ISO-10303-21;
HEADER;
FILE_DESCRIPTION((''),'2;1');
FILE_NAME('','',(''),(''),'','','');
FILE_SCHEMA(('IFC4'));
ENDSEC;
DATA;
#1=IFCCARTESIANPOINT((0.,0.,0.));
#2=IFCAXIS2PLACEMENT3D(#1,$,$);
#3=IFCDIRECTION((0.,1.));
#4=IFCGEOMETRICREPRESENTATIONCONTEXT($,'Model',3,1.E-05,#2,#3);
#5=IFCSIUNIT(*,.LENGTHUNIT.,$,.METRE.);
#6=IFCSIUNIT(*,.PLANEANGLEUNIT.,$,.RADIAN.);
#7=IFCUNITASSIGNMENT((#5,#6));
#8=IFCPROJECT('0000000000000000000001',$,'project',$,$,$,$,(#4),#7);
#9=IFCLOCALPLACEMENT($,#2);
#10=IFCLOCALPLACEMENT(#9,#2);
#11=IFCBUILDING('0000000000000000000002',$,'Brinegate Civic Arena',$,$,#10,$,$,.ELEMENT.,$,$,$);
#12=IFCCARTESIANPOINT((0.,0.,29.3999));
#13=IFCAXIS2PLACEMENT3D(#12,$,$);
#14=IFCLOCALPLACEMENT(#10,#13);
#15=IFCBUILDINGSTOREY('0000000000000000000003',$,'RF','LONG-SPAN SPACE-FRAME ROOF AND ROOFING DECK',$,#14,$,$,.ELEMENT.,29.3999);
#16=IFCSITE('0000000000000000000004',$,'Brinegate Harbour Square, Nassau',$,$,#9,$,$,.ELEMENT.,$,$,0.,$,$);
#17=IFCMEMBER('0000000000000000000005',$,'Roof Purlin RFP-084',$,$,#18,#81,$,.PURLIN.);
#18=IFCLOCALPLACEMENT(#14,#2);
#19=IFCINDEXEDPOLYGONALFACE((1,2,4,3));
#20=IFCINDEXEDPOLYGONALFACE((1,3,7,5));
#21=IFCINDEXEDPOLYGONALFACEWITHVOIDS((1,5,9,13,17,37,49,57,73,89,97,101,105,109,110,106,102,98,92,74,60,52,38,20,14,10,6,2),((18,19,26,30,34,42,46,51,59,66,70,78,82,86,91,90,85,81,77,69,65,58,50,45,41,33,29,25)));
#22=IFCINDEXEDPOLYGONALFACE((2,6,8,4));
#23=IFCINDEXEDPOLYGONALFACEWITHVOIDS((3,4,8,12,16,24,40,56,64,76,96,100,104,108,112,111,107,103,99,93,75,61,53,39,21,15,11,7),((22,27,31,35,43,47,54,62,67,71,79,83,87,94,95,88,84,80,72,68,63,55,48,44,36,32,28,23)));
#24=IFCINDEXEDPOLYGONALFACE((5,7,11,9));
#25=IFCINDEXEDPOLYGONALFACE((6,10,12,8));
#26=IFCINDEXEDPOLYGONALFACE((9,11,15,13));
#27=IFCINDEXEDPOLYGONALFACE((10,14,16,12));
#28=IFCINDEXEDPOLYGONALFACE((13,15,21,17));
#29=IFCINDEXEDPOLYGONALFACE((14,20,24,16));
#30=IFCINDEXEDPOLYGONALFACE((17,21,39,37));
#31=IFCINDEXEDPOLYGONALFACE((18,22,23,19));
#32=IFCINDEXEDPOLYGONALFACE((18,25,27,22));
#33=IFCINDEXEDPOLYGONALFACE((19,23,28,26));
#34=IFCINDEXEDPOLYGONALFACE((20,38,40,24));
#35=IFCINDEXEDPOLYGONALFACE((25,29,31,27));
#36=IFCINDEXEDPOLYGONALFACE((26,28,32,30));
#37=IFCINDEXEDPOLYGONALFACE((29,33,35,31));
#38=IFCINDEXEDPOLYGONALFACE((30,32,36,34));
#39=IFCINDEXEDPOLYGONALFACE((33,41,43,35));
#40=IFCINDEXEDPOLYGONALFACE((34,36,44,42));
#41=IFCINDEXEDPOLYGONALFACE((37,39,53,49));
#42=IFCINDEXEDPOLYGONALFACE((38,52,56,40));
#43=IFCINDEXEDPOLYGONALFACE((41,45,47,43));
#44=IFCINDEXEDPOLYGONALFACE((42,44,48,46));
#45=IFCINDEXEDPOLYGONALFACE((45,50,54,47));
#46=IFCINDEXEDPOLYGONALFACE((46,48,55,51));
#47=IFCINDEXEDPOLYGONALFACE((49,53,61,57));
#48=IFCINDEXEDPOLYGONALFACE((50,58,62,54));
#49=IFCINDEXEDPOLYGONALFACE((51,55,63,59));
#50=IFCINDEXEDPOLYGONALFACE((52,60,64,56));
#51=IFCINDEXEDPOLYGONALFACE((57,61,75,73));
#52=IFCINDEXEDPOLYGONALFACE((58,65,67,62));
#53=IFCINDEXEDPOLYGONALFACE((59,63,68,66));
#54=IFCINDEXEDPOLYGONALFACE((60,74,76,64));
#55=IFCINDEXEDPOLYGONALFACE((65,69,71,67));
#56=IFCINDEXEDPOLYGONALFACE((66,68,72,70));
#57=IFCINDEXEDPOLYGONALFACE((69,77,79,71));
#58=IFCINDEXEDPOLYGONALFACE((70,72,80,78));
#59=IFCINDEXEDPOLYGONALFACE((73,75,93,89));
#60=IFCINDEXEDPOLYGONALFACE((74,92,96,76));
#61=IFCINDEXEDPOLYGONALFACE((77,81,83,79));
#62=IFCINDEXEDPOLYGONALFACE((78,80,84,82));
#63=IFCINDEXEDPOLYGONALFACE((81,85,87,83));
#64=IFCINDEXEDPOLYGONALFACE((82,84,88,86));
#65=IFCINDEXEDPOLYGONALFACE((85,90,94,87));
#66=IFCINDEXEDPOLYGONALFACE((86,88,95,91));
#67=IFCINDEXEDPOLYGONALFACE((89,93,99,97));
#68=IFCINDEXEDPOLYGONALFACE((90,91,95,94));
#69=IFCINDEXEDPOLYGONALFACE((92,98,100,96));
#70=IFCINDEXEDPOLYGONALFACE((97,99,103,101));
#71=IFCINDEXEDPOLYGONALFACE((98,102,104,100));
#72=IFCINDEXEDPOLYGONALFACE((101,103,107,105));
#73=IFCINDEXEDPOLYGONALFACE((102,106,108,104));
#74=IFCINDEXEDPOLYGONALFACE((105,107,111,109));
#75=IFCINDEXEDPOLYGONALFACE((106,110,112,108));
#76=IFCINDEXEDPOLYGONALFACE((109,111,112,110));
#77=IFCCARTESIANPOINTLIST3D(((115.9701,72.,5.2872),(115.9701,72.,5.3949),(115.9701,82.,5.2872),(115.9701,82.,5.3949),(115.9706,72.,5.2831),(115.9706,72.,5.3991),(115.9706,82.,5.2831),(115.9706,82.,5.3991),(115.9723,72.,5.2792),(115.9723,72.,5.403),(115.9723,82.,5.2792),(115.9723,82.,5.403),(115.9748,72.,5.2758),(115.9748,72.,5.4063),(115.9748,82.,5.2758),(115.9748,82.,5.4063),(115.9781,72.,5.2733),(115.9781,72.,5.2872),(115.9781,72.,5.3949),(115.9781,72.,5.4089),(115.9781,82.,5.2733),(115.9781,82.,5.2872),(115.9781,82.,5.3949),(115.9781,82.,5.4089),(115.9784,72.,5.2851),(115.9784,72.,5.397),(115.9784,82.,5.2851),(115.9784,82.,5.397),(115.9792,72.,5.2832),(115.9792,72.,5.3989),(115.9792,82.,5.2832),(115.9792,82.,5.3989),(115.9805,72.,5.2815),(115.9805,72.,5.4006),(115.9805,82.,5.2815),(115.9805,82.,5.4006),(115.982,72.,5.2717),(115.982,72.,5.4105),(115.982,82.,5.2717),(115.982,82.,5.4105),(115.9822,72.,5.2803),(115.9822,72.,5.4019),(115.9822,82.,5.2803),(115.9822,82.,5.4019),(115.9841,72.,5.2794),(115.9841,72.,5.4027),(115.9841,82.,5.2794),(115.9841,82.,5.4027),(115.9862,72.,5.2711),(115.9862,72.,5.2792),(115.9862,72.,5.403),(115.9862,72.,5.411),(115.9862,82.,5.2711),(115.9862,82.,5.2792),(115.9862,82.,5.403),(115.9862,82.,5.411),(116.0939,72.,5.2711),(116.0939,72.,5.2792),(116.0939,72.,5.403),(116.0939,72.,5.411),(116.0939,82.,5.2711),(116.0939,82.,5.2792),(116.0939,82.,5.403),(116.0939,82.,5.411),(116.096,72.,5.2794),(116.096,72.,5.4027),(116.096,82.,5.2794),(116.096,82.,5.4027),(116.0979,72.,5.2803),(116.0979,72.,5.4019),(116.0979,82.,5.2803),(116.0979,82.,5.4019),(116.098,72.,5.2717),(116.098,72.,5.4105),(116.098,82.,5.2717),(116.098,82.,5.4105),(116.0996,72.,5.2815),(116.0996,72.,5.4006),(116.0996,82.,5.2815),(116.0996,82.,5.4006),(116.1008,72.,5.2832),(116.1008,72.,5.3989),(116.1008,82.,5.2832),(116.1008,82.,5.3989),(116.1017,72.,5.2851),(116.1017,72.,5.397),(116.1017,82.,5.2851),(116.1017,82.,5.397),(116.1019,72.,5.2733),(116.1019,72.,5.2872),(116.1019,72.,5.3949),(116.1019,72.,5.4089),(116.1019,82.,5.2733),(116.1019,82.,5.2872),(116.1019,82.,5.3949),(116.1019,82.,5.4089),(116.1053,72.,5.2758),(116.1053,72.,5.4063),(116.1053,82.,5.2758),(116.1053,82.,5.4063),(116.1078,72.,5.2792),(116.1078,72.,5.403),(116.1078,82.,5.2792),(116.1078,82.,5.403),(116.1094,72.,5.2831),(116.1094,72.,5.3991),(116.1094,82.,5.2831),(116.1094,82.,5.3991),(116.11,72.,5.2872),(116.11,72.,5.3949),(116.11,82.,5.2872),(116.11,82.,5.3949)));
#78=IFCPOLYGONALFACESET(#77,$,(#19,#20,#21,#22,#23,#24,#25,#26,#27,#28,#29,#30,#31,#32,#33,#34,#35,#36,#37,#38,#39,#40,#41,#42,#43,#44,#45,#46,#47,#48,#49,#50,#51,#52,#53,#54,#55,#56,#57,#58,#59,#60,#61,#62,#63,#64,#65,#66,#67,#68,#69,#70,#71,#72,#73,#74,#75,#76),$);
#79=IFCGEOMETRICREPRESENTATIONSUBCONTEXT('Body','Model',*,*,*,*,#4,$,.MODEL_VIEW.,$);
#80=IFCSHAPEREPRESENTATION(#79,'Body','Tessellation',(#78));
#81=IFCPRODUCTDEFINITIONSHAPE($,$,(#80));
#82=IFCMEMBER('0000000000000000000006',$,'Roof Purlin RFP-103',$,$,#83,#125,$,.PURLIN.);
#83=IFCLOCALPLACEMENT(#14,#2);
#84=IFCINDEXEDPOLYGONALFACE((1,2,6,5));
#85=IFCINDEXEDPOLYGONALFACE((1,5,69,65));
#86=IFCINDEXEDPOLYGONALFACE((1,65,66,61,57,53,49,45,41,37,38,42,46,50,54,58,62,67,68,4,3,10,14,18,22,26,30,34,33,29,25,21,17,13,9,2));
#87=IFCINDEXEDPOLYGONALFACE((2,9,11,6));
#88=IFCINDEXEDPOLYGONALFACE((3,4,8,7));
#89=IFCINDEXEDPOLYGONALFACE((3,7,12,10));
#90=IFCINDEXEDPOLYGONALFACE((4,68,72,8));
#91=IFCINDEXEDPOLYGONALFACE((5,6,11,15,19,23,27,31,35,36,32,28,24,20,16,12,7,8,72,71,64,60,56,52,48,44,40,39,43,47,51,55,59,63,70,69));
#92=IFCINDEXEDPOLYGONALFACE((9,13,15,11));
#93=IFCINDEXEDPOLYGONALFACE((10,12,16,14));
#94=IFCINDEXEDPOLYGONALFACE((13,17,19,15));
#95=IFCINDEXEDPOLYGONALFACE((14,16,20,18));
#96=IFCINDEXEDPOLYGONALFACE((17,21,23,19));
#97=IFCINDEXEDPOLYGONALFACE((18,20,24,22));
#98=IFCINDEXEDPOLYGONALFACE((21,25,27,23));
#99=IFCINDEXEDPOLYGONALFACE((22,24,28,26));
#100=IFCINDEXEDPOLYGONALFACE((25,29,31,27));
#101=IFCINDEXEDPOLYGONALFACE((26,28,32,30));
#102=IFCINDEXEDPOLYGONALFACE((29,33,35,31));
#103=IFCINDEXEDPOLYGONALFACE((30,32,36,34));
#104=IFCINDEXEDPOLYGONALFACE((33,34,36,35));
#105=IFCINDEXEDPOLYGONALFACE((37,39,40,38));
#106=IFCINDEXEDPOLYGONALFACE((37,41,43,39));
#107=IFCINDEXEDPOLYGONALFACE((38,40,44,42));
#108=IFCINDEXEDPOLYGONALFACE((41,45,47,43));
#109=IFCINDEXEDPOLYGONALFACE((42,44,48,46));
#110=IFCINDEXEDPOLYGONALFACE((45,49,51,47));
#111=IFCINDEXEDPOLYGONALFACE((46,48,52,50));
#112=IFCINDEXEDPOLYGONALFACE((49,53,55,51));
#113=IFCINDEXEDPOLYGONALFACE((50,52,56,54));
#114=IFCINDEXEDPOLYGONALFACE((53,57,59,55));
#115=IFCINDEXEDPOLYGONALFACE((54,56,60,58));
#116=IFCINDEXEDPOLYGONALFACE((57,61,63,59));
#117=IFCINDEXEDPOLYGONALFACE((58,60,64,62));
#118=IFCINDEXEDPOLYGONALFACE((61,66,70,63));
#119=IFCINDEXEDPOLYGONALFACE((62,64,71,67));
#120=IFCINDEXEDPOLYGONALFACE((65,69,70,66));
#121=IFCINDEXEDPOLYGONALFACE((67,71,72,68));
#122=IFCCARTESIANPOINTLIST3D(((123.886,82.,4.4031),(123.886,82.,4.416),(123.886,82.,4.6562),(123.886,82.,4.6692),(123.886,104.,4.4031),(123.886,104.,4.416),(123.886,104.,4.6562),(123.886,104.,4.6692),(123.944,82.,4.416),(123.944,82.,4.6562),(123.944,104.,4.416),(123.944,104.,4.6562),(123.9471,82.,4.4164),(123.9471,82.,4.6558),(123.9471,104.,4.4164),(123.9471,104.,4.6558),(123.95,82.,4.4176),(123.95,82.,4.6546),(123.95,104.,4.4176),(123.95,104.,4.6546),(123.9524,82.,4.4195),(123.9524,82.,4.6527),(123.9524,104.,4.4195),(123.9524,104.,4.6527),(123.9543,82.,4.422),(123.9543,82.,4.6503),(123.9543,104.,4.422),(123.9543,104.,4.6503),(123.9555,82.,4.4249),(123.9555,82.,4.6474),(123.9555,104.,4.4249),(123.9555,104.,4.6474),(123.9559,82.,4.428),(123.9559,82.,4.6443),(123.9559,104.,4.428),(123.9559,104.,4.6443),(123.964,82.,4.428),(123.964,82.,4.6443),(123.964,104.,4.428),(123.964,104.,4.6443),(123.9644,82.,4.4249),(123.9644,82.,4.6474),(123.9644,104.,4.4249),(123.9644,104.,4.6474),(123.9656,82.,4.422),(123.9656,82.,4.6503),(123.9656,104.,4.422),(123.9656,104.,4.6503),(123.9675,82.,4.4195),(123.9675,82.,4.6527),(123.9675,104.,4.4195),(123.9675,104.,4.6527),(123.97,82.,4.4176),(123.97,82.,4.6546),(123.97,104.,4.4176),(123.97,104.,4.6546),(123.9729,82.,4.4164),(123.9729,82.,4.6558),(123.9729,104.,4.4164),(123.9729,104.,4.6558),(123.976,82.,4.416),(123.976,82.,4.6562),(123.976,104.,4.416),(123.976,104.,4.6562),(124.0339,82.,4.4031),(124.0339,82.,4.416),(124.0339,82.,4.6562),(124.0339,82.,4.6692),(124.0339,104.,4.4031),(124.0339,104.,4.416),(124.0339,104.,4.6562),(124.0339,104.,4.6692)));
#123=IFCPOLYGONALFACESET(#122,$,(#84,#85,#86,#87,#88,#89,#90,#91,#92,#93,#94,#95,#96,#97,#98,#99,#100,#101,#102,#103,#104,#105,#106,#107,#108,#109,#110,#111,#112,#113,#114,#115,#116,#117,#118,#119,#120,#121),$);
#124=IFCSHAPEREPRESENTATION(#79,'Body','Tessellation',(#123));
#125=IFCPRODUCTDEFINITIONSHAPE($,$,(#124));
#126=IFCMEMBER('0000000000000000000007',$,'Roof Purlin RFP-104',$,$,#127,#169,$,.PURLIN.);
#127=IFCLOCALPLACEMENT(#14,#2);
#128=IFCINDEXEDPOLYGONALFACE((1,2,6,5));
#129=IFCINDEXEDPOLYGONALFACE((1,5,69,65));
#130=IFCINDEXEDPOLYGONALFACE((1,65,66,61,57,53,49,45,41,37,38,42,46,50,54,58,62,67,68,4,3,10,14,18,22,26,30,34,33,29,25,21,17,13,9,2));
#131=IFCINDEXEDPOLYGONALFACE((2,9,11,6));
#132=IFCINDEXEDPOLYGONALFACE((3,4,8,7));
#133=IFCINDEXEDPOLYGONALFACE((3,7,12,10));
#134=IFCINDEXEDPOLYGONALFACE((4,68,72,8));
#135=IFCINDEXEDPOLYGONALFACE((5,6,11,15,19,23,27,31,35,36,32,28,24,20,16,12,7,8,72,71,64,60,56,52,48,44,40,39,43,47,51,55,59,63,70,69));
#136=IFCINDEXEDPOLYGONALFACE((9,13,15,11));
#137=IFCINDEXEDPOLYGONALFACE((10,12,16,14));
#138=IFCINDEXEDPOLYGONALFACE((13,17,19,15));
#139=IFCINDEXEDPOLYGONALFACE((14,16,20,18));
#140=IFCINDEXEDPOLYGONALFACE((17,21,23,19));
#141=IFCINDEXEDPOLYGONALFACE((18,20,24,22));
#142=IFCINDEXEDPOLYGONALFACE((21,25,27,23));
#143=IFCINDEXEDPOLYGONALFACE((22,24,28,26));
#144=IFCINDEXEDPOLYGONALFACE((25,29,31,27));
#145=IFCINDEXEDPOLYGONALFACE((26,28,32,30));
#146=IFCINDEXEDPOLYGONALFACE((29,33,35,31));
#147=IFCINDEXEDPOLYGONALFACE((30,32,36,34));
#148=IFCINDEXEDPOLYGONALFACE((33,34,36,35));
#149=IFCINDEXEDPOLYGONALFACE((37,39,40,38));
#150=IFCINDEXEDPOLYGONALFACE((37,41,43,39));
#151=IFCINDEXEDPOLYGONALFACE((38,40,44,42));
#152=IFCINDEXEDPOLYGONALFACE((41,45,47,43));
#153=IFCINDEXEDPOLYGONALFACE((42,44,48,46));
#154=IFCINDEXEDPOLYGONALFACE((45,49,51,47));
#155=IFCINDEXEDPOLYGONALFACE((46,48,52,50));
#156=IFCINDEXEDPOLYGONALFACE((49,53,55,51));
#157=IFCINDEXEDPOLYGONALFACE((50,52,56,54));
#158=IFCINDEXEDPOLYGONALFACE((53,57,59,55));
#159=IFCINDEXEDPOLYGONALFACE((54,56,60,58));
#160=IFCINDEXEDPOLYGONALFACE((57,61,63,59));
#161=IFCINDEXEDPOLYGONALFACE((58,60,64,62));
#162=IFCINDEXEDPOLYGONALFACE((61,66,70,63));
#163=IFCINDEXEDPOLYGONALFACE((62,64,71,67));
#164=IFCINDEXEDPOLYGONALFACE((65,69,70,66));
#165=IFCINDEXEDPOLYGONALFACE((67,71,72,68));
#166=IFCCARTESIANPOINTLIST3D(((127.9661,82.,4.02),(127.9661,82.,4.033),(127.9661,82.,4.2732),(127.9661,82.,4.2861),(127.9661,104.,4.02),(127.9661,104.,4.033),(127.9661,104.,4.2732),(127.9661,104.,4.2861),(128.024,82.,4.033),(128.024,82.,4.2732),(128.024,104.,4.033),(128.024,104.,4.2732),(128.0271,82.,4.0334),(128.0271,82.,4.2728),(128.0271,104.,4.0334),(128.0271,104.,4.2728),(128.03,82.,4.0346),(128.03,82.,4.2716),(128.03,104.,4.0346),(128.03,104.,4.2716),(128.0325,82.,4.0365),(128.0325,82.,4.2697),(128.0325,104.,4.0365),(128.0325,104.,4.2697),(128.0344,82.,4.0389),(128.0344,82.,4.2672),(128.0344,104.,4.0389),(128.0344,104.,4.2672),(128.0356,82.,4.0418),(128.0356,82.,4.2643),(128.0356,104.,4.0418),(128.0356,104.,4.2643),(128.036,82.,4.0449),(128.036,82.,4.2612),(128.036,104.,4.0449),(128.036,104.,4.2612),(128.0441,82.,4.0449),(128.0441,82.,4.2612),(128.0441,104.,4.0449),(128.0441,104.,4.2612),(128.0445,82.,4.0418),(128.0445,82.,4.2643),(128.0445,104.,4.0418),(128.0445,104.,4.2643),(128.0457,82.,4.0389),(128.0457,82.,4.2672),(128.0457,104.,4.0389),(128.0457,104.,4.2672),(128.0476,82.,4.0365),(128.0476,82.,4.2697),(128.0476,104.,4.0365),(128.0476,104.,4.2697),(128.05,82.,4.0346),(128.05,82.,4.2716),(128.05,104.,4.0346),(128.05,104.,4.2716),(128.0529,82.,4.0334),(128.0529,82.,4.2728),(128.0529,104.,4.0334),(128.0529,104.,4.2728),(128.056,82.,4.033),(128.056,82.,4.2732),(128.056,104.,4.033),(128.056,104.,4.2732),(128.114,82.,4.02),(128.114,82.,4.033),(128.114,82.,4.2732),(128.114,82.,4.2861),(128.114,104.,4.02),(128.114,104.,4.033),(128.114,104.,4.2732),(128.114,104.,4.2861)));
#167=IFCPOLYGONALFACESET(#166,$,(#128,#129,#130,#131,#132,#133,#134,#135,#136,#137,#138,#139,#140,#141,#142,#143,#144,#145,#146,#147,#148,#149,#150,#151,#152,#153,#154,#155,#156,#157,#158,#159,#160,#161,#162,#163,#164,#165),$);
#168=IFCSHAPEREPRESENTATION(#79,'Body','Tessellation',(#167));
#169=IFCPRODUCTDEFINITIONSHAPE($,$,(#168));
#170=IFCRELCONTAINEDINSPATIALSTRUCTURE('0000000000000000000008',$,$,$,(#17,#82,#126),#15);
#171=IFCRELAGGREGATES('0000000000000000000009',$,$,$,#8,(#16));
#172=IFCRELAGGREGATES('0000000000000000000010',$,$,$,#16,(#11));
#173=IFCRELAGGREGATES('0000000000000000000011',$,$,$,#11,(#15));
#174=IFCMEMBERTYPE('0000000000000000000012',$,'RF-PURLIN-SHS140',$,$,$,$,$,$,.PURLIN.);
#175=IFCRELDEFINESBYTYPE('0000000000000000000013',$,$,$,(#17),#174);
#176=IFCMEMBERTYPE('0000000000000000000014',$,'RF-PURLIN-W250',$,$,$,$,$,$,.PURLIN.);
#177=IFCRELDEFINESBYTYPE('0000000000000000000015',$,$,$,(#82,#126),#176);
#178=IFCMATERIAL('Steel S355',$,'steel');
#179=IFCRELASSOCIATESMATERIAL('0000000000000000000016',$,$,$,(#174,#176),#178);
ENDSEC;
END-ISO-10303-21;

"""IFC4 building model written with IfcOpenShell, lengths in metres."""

from ifc_helpers import new_model, si_unit, direction, frame, origin, origin_2d, place, context, subcontext, project, spatial, hollow_rectangle, i_section, extrude, material, material_profile, profile_set, type_object, element, save


model = new_model("IFC4")

# Units and contexts
model_context = context("Model", 3, precision=1e-05, world=origin(), true_north=direction((0.0, 1.0)))
body_context = subcontext(model_context, "Body", "Model", "MODEL_VIEW")
ifc_project = project(units=[si_unit("LENGTHUNIT", "METRE"), si_unit("PLANEANGLEUNIT", "RADIAN")], contexts=[model_context])

# Site, building, storey
site_placement = place(None, origin())
site = spatial("IfcSite", under=ifc_project, at=site_placement, Name="Brinegate Harbour Square, Nassau", CompositionType="ELEMENT", RefElevation=0.0)
building_placement = place(site_placement, origin())
building = spatial("IfcBuilding", under=site, at=building_placement, Name="Brinegate Civic Arena", CompositionType="ELEMENT")
storey_placement = place(building_placement, frame((0.0, 0.0, 29.3999)))
storey = spatial("IfcBuildingStorey", under=building, at=storey_placement, Name="RF", Description="LONG-SPAN SPACE-FRAME ROOF AND ROOFING DECK", CompositionType="ELEMENT", Elevation=29.3999)

# Members
ifc_material = material(Name="Steel S355", Category="steel")
ifc_material_profile_1 = material_profile(ifc_material, hollow_rectangle(XDim=0.1399, YDim=0.1399, WallThickness=0.0081, InnerFilletRadius=0.0081, OuterFilletRadius=0.0161, at=origin_2d()), Name="SHS140X8")
ifc_profile_set_1 = profile_set([ifc_material_profile_1], Name="Steel S355")
member_type_1 = type_object("IfcMemberType", Name="RF-PURLIN-SHS140", PredefinedType="PURLIN", material=ifc_profile_set_1)
member_1_placement = place(storey_placement, frame((116.04, 72.0, 5.3411), z_axis=(0.0, 1.0, 0.0), x_axis=(-1.0, 0.0, 0.0)))
element("IfcMember", 1, at=member_1_placement, inside=storey, type_object=member_type_1, Name="Roof Purlin RFP-084", PredefinedType="PURLIN", context=body_context, shape_type="SweptSolid", body=[
    extrude(hollow_rectangle(XDim=0.1399, YDim=0.1399, WallThickness=0.0081, InnerFilletRadius=0.0081, OuterFilletRadius=0.0161, at=origin_2d()), origin(), (0.0, 0.0, 1.0), 10.0),
])
ifc_material_profile_2 = material_profile(ifc_material, i_section(OverallWidth=0.1479, OverallDepth=0.2661, WebThickness=0.0081, FlangeThickness=0.0129, FilletRadius=0.012, at=origin_2d()), Name="W250X45")
ifc_profile_set_2 = profile_set([ifc_material_profile_2], Name="Steel S355")
member_type_2 = type_object("IfcMemberType", Name="RF-PURLIN-W250", PredefinedType="PURLIN", material=ifc_profile_set_2)
for number, where, z_axis, x_axis, name in (
    (2, (123.96, 82.0, 4.5361), (0.0, 1.0, 0.0), (-1.0, 0.0, 0.0), "Roof Purlin RFP-103"),
    (3, (128.04, 82.0, 4.1531), (0.0, 1.0, 0.0), (-1.0, 0.0, 0.0), "Roof Purlin RFP-104"),
):
    element("IfcMember", number, at=place(storey_placement, frame(where, z_axis=z_axis, x_axis=x_axis)), inside=storey, type_object=member_type_2, Name=name, PredefinedType="PURLIN", context=body_context, shape_type="SweptSolid", body=[
        extrude(i_section(OverallWidth=0.1479, OverallDepth=0.2661, WebThickness=0.0081, FlangeThickness=0.0129, FilletRadius=0.012, at=origin_2d()), origin(), (0.0, 0.0, 1.0), 22.0),
    ])

save(model, "model.ifc")
